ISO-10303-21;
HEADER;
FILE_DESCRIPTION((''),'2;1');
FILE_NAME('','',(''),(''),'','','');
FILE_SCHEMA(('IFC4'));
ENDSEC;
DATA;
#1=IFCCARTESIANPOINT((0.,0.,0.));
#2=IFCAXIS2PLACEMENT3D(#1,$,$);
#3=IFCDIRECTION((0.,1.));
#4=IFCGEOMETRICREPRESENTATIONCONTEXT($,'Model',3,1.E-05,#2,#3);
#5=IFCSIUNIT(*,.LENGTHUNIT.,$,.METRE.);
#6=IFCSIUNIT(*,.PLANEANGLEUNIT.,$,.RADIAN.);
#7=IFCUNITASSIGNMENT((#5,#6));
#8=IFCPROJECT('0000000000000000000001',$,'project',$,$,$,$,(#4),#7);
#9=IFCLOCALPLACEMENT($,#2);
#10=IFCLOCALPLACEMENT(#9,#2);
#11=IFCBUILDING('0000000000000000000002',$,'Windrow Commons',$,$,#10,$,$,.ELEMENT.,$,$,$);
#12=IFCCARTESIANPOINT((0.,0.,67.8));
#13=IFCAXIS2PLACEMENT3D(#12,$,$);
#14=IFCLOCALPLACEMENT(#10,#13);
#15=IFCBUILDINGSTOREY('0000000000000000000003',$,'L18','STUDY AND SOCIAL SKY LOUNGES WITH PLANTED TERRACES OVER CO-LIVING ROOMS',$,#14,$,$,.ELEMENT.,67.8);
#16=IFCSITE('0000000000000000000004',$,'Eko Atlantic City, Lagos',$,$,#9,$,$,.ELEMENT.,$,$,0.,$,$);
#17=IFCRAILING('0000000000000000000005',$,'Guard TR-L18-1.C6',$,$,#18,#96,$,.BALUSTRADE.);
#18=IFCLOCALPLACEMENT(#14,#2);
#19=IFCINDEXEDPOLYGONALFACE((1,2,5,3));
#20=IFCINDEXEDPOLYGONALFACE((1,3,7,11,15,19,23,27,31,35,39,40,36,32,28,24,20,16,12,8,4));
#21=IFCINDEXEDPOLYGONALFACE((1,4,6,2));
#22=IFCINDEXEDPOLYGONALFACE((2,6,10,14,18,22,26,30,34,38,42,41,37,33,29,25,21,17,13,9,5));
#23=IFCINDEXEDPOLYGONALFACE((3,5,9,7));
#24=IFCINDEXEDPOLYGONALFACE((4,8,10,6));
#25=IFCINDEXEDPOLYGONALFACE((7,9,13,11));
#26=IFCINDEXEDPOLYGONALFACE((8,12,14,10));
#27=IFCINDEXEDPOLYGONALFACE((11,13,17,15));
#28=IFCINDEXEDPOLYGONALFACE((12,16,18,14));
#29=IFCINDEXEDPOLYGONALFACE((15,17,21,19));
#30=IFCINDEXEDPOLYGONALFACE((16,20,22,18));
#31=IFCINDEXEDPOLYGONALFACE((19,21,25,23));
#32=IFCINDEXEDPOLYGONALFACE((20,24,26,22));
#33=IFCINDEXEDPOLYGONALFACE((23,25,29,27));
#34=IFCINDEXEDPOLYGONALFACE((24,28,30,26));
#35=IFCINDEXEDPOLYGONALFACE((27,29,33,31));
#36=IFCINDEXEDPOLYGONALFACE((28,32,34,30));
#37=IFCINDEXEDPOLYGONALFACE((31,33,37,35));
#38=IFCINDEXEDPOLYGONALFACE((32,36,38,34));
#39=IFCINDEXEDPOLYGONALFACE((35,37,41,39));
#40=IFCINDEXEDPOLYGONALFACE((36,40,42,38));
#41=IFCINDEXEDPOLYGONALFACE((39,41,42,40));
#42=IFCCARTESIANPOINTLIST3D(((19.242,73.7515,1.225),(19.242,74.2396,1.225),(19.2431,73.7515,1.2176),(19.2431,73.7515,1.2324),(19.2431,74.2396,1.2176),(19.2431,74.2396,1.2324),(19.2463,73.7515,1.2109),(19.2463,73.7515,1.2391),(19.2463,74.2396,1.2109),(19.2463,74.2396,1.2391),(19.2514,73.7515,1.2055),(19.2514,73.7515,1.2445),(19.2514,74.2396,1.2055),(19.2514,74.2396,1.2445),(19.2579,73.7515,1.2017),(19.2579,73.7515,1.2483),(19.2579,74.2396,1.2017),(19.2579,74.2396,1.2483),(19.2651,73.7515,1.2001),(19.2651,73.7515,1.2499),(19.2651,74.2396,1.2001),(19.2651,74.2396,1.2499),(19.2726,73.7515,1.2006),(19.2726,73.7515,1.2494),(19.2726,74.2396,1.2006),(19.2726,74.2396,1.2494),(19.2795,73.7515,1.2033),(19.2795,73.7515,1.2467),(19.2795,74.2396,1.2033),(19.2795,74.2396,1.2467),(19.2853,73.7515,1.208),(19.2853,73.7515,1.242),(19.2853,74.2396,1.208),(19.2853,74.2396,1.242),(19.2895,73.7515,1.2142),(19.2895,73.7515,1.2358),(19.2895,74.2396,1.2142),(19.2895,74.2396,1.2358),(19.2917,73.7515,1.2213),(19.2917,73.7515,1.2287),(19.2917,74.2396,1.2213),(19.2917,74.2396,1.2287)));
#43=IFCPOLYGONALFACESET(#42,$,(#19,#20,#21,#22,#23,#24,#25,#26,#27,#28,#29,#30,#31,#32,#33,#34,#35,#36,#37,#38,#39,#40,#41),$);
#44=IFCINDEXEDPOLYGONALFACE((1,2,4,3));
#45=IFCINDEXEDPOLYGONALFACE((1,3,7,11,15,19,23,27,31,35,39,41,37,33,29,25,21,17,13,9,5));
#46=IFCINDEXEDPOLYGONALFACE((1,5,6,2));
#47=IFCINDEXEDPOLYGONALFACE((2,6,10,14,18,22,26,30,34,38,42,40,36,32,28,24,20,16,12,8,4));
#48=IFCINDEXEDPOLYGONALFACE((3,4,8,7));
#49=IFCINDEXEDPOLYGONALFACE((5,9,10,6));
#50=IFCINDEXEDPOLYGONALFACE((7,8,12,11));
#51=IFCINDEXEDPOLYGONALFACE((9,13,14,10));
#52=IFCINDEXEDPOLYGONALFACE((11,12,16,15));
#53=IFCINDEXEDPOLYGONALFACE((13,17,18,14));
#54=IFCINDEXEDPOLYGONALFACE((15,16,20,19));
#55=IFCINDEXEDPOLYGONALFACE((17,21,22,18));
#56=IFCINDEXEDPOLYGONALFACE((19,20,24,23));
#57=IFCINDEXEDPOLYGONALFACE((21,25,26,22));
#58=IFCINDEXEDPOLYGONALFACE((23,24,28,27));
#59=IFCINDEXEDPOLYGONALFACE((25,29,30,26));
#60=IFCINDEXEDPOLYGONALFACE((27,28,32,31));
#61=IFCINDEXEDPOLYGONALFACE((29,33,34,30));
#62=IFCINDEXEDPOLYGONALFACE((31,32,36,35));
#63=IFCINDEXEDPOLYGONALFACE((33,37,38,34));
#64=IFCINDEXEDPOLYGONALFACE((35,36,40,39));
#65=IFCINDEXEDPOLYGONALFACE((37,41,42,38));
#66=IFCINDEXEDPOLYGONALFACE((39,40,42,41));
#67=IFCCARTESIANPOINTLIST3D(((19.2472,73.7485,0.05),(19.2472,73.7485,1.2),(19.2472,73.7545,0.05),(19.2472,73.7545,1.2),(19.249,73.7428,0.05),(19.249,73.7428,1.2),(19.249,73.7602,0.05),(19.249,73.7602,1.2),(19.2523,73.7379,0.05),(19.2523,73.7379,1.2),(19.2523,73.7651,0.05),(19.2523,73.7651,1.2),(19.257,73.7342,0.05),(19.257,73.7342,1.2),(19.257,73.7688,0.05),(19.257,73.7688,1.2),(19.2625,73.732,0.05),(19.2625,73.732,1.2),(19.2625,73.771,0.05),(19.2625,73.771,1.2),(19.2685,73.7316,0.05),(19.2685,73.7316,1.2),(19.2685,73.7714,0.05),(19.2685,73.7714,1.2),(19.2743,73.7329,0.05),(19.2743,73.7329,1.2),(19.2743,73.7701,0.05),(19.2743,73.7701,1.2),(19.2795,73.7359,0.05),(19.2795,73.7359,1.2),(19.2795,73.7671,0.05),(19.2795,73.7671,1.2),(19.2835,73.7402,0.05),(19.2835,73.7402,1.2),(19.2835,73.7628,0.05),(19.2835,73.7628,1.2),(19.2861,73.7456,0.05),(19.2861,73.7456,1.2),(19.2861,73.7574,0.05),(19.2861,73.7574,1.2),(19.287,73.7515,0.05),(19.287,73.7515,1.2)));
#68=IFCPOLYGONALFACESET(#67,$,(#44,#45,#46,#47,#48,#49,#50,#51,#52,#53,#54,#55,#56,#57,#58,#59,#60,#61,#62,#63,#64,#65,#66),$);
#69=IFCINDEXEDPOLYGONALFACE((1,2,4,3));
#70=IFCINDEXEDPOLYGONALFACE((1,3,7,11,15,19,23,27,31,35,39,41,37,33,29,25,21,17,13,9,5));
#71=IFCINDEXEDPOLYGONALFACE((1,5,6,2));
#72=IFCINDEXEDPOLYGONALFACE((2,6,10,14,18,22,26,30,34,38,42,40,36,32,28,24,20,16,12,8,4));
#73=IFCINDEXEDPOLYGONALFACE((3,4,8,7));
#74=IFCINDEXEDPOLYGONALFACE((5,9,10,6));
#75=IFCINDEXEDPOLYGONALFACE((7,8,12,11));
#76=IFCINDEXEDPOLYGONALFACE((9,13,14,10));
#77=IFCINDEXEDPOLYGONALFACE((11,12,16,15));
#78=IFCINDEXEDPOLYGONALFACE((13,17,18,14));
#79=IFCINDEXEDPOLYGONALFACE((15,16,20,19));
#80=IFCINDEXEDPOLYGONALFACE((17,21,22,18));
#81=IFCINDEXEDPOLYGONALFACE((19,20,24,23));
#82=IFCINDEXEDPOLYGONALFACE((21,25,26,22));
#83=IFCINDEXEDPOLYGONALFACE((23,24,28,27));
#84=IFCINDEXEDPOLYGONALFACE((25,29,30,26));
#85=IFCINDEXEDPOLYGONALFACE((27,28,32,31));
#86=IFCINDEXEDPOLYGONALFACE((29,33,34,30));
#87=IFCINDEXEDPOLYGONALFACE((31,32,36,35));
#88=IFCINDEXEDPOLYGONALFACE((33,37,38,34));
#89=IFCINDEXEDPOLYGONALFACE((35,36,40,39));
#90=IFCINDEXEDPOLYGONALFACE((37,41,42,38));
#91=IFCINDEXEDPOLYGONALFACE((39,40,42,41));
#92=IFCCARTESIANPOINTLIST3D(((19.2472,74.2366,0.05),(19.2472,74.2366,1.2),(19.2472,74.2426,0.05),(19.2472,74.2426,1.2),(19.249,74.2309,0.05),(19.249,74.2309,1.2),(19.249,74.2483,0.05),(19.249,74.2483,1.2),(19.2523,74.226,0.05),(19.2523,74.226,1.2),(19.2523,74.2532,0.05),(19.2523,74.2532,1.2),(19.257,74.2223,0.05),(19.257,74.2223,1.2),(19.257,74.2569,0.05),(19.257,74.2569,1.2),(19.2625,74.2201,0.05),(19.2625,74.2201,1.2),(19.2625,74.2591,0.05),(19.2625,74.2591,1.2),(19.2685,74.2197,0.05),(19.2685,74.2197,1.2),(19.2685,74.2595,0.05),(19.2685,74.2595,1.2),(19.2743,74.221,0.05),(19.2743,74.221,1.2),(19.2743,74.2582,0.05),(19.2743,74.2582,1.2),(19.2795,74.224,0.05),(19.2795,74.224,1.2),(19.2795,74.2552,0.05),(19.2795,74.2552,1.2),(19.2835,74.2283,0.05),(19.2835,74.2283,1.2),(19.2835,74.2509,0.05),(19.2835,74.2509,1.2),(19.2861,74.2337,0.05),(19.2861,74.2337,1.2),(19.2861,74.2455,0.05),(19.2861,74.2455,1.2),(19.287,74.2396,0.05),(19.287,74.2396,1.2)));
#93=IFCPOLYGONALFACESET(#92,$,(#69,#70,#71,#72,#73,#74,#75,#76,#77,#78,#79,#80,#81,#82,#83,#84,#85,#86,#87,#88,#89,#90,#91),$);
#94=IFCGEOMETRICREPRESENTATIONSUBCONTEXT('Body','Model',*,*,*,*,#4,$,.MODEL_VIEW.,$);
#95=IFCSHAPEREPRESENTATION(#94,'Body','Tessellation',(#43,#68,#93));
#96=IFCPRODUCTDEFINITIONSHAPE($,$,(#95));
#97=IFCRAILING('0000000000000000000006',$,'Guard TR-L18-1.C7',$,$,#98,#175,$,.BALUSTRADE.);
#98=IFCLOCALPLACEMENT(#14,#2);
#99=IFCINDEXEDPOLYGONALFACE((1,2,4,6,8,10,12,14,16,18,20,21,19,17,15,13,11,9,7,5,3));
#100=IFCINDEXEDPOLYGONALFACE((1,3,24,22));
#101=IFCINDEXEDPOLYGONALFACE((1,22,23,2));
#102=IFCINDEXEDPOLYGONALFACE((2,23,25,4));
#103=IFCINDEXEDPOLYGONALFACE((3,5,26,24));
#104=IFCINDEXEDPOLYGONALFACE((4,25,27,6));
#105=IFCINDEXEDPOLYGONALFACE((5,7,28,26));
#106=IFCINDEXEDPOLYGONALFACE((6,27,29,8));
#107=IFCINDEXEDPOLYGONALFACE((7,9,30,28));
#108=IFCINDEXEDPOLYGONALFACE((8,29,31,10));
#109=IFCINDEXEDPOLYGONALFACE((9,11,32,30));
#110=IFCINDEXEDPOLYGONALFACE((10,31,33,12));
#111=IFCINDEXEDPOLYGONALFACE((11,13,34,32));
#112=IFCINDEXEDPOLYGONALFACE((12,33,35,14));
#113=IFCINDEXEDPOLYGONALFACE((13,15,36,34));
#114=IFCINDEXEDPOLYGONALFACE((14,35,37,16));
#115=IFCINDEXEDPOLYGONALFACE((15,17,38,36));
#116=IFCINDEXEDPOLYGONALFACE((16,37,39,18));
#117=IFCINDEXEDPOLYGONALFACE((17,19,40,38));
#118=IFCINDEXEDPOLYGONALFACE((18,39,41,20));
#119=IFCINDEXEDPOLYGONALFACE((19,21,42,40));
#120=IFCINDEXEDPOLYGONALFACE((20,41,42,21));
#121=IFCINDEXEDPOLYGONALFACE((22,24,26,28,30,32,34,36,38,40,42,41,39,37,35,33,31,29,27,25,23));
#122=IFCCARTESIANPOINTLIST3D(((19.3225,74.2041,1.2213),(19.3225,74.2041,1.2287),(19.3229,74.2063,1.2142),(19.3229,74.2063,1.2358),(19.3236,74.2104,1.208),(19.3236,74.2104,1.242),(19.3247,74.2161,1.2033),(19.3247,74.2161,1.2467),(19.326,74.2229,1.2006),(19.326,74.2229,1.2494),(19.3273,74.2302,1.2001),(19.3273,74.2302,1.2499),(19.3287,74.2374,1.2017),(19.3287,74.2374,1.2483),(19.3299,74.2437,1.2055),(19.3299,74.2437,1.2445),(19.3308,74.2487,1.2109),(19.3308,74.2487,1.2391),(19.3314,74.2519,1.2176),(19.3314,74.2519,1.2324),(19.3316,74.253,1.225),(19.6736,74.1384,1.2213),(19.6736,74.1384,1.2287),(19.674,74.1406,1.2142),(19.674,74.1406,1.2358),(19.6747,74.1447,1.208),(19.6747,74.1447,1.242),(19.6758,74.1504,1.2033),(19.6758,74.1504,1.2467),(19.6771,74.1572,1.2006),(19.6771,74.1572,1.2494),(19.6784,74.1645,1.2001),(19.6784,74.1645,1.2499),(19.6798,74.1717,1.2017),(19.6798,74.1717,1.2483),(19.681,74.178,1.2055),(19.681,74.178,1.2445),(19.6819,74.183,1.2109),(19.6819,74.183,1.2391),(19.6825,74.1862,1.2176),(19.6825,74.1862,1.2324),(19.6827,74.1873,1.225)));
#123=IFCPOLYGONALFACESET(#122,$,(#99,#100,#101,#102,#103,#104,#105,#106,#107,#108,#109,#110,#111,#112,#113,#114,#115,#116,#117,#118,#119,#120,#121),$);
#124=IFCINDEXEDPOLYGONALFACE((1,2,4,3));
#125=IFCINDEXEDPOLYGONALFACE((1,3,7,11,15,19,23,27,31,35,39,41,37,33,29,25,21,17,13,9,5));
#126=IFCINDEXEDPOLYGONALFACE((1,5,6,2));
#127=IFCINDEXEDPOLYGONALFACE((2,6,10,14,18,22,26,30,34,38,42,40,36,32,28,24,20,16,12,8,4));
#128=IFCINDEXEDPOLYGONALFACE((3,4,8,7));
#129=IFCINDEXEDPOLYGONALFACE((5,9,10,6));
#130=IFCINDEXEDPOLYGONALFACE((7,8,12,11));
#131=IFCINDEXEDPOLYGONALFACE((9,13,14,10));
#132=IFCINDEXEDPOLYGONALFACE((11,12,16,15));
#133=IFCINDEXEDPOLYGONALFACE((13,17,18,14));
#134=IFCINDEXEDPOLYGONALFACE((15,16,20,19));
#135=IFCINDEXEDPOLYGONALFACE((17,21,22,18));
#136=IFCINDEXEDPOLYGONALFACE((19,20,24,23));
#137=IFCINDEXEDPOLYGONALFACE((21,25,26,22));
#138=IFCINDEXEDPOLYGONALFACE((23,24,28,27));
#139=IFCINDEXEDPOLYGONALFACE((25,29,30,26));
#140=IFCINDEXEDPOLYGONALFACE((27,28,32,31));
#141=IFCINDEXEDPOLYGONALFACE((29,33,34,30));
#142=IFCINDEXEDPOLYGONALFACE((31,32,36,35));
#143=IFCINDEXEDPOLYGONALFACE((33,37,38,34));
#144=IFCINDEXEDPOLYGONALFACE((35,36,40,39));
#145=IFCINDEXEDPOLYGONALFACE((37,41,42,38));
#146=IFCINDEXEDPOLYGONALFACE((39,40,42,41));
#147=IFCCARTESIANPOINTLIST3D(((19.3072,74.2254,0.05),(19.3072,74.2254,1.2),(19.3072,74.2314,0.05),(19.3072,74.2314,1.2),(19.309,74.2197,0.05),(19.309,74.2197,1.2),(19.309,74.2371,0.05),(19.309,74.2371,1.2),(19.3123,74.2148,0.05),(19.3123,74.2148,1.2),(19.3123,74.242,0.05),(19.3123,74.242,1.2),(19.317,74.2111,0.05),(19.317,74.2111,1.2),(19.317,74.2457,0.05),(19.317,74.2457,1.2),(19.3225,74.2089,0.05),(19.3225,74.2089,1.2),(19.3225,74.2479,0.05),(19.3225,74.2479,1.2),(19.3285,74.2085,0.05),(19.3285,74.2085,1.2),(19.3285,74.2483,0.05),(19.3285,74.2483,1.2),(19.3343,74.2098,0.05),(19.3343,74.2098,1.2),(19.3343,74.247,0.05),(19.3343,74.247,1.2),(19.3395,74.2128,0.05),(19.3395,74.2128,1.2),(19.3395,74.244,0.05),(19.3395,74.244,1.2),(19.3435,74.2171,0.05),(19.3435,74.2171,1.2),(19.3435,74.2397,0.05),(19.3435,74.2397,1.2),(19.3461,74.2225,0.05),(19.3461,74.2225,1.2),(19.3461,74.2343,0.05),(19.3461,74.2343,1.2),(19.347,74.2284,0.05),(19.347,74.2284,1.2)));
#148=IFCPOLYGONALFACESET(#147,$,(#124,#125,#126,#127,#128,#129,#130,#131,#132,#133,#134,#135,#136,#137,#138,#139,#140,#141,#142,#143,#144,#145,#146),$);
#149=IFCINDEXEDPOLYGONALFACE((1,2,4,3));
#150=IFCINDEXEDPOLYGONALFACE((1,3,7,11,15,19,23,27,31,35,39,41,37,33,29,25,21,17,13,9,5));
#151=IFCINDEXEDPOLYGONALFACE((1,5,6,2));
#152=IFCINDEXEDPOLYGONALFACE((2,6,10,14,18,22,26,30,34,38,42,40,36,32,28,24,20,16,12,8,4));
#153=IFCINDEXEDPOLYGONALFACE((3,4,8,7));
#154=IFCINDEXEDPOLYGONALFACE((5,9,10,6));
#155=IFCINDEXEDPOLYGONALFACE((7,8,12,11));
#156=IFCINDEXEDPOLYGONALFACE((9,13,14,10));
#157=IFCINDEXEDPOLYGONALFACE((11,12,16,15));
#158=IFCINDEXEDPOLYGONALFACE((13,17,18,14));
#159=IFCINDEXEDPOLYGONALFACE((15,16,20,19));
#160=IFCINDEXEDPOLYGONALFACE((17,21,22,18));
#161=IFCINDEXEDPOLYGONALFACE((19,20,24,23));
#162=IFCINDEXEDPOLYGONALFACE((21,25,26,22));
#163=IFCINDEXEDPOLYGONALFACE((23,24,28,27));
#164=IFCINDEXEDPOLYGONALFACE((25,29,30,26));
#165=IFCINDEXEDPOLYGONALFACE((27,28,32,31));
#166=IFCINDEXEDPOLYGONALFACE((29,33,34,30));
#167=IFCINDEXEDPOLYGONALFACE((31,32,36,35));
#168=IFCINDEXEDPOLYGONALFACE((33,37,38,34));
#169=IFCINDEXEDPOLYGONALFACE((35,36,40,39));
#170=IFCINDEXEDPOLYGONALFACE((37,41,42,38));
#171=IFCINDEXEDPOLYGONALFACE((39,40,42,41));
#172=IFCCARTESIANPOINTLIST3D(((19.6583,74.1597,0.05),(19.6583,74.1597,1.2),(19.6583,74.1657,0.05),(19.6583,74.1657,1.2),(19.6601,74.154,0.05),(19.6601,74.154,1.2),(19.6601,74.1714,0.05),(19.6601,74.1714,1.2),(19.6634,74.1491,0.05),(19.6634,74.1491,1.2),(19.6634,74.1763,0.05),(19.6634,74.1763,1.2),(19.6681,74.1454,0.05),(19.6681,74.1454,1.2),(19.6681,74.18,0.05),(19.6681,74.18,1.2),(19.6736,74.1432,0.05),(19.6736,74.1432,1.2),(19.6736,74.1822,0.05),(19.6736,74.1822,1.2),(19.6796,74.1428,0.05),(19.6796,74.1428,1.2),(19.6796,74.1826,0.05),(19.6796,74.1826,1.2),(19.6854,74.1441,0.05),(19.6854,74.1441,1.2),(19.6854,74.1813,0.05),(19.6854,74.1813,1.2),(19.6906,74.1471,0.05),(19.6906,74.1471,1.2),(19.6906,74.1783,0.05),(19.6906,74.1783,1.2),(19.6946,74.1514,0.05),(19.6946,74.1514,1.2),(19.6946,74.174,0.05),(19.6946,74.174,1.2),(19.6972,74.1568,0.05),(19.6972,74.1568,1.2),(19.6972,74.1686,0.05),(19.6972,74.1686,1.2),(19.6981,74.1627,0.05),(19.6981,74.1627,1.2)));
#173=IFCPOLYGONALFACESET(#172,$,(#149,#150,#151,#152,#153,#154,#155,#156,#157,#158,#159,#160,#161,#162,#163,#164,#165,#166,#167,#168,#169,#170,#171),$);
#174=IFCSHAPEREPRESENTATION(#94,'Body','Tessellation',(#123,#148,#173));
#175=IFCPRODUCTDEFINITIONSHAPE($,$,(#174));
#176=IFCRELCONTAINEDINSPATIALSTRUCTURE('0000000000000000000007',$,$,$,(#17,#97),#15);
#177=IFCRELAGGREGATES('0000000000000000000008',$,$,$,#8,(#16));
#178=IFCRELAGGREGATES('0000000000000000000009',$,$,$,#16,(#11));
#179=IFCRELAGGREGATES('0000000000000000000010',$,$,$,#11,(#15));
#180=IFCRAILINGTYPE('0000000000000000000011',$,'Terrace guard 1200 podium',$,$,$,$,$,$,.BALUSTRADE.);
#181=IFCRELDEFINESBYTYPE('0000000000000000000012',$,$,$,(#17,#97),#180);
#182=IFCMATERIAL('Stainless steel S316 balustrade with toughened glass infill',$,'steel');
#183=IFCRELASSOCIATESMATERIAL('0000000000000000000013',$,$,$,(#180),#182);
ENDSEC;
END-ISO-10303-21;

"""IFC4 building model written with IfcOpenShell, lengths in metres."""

from ifc_helpers import new_model, si_unit, direction, frame, origin, origin_2d, place, context, subcontext, project, spatial, circle, extrude, material, type_object, element, save


model = new_model("IFC4")

# Units and contexts
model_context = context("Model", 3, precision=1e-05, world=origin(), true_north=direction((0.0, 1.0)))
body_context = subcontext(model_context, "Body", "Model", "MODEL_VIEW")
ifc_project = project(units=[si_unit("LENGTHUNIT", "METRE"), si_unit("PLANEANGLEUNIT", "RADIAN")], contexts=[model_context])

# Site, building, storey
site_placement = place(None, origin())
site = spatial("IfcSite", under=ifc_project, at=site_placement, Name="Eko Atlantic City, Lagos", CompositionType="ELEMENT", RefElevation=0.0)
building_placement = place(site_placement, origin())
building = spatial("IfcBuilding", under=site, at=building_placement, Name="Windrow Commons", CompositionType="ELEMENT")
storey_placement = place(building_placement, frame((0.0, 0.0, 67.8)))
storey = spatial("IfcBuildingStorey", under=building, at=storey_placement, Name="L18", Description="STUDY AND SOCIAL SKY LOUNGES WITH PLANTED TERRACES OVER CO-LIVING ROOMS", CompositionType="ELEMENT", Elevation=67.8)

# Railings
ifc_material_1 = material(Name="Stainless steel S316 balustrade with toughened glass infill", Category="steel")
railing_type = type_object("IfcRailingType", Name="Terrace guard 1200 podium", PredefinedType="BALUSTRADE", material=ifc_material_1)
railing_1_placement = place(storey_placement, frame((19.267, 73.7515, 0.05)))
element("IfcRailing", 1, at=railing_1_placement, inside=storey, type_object=railing_type, Name="Guard TR-L18-1.C6", PredefinedType="BALUSTRADE", context=body_context, shape_type="SweptSolid", body=[
    extrude(circle(Radius=0.025, at=origin_2d()), frame((0.0, 0.0, 1.175), z_axis=(0.0, 1.0, 0.0), x_axis=(-1.0, 0.0, 0.0)), (0.0, 0.0, 1.0), 0.4881),
    extrude(circle(Radius=0.02, at=origin_2d()), origin(), (0.0, 0.0, 1.0), 1.15),
    extrude(circle(Radius=0.02, at=origin_2d()), frame((0.0, 0.4881, 0.0)), (0.0, 0.0, 1.0), 1.15),
])
railing_2_placement = place(storey_placement, frame((19.327, 74.2284, 0.05)))
element("IfcRailing", 2, at=railing_2_placement, inside=storey, type_object=railing_type, Name="Guard TR-L18-1.C7", PredefinedType="BALUSTRADE", context=body_context, shape_type="SweptSolid", body=[
    extrude(circle(Radius=0.025, at=origin_2d()), frame((0.0, 0.0, 1.175), z_axis=(0.982939, -0.183934, 0.0), x_axis=(0.183934, 0.982939, 0.0)), (0.0, 0.0, 1.0), 0.3572),
    extrude(circle(Radius=0.02, at=origin_2d()), origin(), (0.0, 0.0, 1.0), 1.15),
    extrude(circle(Radius=0.02, at=origin_2d()), frame((0.3511, -0.0657, 0.0)), (0.0, 0.0, 1.0), 1.15),
])

save(model, "model.ifc")
